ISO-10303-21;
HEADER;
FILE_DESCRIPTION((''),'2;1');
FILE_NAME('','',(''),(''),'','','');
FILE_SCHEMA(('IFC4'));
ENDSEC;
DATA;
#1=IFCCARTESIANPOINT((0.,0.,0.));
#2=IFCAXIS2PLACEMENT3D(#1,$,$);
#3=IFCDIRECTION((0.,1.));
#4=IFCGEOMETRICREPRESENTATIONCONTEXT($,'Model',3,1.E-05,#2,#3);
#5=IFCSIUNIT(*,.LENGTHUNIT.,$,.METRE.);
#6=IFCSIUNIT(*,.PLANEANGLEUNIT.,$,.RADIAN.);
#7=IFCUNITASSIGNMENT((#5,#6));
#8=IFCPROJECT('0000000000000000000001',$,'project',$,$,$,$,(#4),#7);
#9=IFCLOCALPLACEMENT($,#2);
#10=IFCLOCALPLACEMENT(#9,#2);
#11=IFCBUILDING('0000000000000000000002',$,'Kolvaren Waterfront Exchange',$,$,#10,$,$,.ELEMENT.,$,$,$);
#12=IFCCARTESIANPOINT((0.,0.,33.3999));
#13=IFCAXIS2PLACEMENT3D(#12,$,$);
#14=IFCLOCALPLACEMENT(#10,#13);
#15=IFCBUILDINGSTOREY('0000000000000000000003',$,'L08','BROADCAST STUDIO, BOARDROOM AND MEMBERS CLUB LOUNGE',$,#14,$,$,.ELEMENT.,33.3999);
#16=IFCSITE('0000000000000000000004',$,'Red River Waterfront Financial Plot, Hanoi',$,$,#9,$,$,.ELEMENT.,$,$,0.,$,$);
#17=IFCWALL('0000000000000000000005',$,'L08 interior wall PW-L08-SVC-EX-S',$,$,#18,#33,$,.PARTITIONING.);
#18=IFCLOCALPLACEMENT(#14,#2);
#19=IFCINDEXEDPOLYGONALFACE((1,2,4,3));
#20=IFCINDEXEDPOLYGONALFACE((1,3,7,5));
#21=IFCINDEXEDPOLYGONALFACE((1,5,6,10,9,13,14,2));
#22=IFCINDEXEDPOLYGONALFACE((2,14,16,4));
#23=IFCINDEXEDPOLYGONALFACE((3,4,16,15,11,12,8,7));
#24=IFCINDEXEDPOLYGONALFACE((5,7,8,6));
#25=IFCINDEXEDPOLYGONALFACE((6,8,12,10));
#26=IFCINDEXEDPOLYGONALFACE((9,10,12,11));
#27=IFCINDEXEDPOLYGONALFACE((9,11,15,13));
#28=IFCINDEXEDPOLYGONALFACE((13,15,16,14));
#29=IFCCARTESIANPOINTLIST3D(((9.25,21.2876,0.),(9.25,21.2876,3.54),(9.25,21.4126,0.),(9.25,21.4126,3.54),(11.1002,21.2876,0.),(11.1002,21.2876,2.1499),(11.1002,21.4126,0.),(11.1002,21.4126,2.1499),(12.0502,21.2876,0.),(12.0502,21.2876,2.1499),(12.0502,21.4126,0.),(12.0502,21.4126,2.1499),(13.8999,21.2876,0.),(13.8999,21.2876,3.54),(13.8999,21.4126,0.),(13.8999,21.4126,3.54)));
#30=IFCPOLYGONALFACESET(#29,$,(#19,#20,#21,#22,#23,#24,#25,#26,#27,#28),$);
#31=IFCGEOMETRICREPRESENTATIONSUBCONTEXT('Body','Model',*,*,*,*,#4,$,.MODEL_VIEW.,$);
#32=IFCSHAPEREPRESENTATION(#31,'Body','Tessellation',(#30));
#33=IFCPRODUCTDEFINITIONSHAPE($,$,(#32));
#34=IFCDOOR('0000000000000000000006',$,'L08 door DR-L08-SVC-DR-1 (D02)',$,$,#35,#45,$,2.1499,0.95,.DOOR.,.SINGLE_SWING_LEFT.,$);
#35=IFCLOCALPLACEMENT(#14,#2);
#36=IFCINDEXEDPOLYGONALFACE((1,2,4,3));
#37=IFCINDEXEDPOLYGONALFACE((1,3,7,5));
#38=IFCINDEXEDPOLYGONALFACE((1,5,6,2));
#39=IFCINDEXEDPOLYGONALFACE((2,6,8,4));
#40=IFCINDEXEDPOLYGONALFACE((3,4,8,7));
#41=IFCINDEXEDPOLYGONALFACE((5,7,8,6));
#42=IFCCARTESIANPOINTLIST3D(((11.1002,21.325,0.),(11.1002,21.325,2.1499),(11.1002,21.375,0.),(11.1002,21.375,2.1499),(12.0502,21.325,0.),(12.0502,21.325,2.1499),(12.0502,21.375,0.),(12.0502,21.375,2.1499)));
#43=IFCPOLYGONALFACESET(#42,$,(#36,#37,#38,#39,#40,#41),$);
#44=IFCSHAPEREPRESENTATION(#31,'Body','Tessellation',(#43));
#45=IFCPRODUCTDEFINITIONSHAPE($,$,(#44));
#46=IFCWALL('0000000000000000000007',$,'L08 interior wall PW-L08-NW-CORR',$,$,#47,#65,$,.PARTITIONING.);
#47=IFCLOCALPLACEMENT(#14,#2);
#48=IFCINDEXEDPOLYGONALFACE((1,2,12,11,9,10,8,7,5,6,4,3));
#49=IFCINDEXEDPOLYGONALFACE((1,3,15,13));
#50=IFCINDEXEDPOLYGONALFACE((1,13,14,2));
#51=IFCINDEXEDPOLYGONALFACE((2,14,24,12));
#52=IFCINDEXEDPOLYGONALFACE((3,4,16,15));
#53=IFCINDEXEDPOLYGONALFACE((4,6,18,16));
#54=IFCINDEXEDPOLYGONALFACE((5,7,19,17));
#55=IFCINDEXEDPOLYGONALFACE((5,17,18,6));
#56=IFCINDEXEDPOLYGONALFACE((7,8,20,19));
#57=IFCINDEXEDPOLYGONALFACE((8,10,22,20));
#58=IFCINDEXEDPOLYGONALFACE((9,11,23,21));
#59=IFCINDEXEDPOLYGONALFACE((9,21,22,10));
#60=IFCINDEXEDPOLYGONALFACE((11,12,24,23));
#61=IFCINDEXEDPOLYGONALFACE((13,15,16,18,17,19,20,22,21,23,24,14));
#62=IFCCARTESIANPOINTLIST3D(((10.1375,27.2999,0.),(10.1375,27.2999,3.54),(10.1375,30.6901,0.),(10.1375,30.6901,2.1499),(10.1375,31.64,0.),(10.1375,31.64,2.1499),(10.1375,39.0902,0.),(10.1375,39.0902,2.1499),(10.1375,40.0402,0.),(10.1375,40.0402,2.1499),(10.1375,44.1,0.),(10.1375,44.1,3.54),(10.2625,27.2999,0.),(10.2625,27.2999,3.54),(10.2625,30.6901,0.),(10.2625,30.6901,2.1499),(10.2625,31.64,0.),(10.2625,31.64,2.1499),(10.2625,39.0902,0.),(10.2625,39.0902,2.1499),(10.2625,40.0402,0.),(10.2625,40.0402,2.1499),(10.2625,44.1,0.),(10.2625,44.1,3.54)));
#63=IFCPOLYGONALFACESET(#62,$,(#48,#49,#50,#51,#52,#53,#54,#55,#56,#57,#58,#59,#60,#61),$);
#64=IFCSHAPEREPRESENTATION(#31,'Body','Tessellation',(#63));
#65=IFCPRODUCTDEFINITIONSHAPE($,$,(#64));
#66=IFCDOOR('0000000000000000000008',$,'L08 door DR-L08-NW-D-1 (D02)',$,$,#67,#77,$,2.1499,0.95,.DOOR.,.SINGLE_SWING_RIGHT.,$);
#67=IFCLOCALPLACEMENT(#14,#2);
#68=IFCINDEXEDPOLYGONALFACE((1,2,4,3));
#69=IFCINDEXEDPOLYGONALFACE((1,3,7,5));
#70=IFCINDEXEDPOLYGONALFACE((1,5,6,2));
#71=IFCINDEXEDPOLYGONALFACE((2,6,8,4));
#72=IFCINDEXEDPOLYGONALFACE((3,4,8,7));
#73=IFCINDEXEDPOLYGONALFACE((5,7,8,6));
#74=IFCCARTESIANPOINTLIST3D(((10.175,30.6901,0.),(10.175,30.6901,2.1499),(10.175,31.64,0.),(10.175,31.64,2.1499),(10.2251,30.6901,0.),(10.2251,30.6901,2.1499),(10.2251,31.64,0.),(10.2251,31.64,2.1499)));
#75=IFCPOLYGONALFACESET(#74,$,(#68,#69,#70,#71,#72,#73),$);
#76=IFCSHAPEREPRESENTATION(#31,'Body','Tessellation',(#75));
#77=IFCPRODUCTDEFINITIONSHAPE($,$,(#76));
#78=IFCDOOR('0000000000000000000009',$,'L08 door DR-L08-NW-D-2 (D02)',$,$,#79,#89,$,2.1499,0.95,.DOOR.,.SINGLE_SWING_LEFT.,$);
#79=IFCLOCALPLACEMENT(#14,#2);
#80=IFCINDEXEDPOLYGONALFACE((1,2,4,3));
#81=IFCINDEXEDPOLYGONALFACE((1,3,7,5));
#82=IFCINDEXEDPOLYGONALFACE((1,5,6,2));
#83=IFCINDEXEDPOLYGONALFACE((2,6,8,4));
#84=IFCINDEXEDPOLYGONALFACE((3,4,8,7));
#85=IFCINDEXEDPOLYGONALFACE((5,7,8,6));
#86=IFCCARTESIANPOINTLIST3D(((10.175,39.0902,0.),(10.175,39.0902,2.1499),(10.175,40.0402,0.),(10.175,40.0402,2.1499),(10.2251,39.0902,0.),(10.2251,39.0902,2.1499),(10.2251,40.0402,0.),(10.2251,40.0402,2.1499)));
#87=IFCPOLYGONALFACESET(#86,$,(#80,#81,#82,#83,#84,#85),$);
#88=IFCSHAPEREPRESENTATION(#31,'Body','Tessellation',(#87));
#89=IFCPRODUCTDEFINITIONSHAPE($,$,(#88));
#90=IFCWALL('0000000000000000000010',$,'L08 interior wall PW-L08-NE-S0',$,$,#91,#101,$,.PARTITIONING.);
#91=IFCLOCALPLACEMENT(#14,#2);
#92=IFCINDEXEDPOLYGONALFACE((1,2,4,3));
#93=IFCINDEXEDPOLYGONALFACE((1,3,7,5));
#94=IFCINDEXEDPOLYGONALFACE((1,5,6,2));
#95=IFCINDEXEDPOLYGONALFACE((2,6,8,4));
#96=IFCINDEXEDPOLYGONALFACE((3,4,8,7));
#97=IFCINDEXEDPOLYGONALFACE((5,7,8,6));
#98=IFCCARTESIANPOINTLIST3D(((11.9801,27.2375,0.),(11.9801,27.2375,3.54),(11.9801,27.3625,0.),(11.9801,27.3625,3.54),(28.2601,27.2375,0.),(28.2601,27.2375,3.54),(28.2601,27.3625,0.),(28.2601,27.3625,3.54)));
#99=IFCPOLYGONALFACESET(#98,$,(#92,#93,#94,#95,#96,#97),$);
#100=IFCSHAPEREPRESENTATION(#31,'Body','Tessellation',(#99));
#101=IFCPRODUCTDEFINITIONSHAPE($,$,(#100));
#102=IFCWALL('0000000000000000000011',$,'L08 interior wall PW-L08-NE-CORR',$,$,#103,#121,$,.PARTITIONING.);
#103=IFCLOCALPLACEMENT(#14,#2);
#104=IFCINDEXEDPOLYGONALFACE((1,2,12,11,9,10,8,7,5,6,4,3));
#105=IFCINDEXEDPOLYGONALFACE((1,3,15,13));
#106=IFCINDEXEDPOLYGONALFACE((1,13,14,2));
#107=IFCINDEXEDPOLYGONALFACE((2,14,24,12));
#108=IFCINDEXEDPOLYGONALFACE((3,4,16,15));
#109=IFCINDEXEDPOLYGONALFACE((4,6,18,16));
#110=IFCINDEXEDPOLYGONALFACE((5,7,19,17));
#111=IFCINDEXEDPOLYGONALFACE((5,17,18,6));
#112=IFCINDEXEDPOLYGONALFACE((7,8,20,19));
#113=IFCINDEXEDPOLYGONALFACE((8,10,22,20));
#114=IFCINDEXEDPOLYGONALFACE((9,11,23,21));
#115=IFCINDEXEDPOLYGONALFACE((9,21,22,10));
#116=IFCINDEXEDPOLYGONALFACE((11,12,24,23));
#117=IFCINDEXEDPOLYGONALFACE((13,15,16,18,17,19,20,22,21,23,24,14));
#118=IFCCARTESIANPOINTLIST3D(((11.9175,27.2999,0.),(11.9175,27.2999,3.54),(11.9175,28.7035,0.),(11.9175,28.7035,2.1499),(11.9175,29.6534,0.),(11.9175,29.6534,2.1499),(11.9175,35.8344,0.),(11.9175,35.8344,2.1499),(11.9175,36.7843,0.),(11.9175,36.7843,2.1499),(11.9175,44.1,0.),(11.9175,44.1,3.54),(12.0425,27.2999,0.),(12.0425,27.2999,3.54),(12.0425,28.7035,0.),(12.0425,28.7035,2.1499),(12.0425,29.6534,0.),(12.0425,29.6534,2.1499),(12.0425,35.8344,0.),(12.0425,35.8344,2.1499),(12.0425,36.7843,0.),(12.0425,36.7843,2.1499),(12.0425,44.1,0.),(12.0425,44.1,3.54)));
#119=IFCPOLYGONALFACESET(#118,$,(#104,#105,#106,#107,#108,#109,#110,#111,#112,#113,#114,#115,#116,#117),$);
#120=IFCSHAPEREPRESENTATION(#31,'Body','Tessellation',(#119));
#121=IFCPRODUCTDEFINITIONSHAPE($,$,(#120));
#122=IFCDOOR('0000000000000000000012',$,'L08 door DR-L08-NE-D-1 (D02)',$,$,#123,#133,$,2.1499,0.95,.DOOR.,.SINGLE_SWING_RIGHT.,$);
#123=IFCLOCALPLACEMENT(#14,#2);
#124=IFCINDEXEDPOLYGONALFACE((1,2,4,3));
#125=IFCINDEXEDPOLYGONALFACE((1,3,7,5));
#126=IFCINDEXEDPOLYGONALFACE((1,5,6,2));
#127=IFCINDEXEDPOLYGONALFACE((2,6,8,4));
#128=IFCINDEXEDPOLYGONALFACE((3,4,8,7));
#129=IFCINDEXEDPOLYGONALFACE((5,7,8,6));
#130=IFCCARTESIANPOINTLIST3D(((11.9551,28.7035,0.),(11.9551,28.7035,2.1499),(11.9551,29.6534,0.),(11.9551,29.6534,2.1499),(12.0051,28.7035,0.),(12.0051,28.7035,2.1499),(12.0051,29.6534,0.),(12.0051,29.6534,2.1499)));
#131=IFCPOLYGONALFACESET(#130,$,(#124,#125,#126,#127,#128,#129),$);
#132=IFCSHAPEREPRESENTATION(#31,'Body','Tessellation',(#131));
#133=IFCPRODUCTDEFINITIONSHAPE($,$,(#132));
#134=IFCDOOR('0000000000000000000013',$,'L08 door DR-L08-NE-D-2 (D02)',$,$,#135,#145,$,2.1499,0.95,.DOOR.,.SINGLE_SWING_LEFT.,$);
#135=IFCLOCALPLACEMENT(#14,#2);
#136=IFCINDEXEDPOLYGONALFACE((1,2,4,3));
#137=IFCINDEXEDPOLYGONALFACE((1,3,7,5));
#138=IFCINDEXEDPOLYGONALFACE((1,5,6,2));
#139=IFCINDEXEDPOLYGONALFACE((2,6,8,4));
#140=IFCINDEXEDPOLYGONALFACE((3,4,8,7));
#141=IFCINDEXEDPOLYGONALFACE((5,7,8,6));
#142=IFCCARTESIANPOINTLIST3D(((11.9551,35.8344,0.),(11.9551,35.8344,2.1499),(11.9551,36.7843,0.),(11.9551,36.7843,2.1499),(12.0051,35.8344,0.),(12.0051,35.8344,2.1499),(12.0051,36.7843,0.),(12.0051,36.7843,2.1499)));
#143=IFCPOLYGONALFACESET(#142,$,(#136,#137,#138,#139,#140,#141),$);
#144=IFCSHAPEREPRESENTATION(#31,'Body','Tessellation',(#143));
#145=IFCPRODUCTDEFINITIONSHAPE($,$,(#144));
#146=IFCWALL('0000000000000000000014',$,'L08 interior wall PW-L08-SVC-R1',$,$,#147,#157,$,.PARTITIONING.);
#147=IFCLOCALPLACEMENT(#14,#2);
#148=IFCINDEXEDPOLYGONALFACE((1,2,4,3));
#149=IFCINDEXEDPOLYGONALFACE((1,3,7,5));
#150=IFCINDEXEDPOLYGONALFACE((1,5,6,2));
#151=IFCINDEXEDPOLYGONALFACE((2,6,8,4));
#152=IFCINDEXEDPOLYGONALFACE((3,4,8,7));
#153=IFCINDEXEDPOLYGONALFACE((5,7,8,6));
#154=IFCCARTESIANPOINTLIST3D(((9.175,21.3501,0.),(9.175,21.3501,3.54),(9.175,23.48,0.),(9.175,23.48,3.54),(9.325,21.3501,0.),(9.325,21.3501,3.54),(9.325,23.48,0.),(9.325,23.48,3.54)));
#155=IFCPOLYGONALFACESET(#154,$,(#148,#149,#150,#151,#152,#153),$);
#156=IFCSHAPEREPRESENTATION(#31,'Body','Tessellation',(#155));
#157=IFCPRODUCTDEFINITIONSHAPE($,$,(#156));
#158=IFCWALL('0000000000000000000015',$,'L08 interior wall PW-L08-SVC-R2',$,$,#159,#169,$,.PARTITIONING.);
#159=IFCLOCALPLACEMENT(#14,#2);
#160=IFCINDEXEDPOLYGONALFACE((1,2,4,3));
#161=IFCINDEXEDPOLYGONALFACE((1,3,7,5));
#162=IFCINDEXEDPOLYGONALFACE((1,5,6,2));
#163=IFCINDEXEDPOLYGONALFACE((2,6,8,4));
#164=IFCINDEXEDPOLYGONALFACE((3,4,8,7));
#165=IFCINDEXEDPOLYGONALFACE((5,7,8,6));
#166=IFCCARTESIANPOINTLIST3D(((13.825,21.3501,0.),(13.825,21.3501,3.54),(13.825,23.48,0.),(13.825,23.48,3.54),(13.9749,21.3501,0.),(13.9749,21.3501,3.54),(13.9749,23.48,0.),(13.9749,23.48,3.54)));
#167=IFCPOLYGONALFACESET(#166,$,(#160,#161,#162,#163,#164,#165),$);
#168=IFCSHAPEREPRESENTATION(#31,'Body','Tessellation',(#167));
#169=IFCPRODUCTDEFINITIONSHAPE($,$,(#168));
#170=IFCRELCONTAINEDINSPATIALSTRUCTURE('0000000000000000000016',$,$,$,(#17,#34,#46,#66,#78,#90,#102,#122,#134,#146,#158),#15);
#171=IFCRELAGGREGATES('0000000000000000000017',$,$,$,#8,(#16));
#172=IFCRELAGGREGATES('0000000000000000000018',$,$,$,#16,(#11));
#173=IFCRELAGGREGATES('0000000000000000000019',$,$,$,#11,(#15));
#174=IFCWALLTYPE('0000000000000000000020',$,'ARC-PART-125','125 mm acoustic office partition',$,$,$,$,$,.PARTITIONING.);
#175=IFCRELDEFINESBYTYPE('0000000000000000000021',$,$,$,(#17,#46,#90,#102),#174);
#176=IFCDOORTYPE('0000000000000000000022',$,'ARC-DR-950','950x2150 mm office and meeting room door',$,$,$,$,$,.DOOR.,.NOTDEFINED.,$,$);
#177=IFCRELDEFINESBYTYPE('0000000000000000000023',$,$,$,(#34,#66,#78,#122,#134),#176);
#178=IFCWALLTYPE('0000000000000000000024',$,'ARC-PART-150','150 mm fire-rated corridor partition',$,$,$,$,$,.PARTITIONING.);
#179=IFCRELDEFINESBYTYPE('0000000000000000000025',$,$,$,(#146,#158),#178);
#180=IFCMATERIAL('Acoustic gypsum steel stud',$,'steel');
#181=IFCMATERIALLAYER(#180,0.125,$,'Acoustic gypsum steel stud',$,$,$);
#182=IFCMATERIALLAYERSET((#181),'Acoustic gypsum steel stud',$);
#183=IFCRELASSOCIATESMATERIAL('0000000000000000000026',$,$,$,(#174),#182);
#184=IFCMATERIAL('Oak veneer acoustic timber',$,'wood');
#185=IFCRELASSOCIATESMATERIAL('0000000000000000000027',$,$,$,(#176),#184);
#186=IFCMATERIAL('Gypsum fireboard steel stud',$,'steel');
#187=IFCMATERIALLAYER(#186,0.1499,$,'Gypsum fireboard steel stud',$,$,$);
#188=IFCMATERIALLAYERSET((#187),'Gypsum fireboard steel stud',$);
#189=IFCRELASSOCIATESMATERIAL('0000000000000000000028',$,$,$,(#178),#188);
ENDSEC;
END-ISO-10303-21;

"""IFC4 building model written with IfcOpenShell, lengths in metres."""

from ifc_helpers import new_model, si_unit, direction, frame, frame_2d, origin, place, context, subcontext, project, spatial, rectangle, extrude, material, layer, layer_set, type_object, element, fill, save


model = new_model("IFC4")

# Units and contexts
model_context = context("Model", 3, precision=1e-05, world=origin(), true_north=direction((0.0, 1.0)))
body_context = subcontext(model_context, "Body", "Model", "MODEL_VIEW")
ifc_project = project(units=[si_unit("LENGTHUNIT", "METRE"), si_unit("PLANEANGLEUNIT", "RADIAN")], contexts=[model_context])

# Site, building, storey
site_placement = place(None, origin())
site = spatial("IfcSite", under=ifc_project, at=site_placement, Name="Red River Waterfront Financial Plot, Hanoi", CompositionType="ELEMENT", RefElevation=0.0)
building_placement = place(site_placement, origin())
building = spatial("IfcBuilding", under=site, at=building_placement, Name="Kolvaren Waterfront Exchange", CompositionType="ELEMENT")
storey_placement = place(building_placement, frame((0.0, 0.0, 33.3999)))
storey = spatial("IfcBuildingStorey", under=building, at=storey_placement, Name="L08", Description="BROADCAST STUDIO, BOARDROOM AND MEMBERS CLUB LOUNGE", CompositionType="ELEMENT", Elevation=33.3999)

# Wall, opening, door
ifc_material_1 = material(Name="Acoustic gypsum steel stud", Category="steel")
ifc_layer_1 = layer(ifc_material_1, 0.125, Name="Acoustic gypsum steel stud")
ifc_layer_set_1 = layer_set([ifc_layer_1], Name="Acoustic gypsum steel stud")
wall_type_1 = type_object("IfcWallType", Name="ARC-PART-125", Description="125 mm acoustic office partition", PredefinedType="PARTITIONING", material=ifc_layer_set_1)
wall_1_placement = place(storey_placement, frame((9.25, 21.3501, 0.0), z_axis=(0.0, 0.0, 1.0), x_axis=(1.0, 0.0, 0.0)))
wall_1 = element("IfcWall", 1, at=wall_1_placement, inside=storey, type_object=wall_type_1, Name="L08 interior wall PW-L08-SVC-EX-S", PredefinedType="PARTITIONING", context=body_context, shape_type="SweptSolid", body=[
    extrude(rectangle(XDim=4.6499, YDim=0.125, at=frame_2d((2.325, 0.0))), origin(), (0.0, 0.0, 1.0), 3.54),
])
opening_1_placement = place(wall_1_placement, frame((1.8501, 0.0, 0.0)))
opening_1 = element("IfcOpeningElement", 2, at=opening_1_placement, cuts=wall_1, PredefinedType="OPENING", context=body_context, shape_type="SweptSolid", body=[
    extrude(rectangle(XDim=0.95, YDim=2.1499, at=frame_2d((0.4751, 1.075))), frame((0.0, 0.0725, 0.0), z_axis=(0.0, -1.0, 0.0), x_axis=(1.0, 0.0, 0.0)), (0.0, 0.0, 1.0), 0.145),
])
ifc_material_2 = material(Name="Oak veneer acoustic timber", Category="wood")
door_type_1 = type_object("IfcDoorType", Name="ARC-DR-950", Description="950x2150 mm office and meeting room door", OperationType="NOTDEFINED", PredefinedType="DOOR", material=ifc_material_2)
door_1_placement = place(opening_1_placement, origin())
door_1 = element("IfcDoor", 3, at=door_1_placement, inside=storey, type_object=door_type_1, Name="L08 door DR-L08-SVC-DR-1 (D02)", OperationType="SINGLE_SWING_LEFT", OverallHeight=2.1499, OverallWidth=0.95, PredefinedType="DOOR", context=body_context, shape_type="SweptSolid", body=[
    extrude(rectangle(XDim=0.95, YDim=2.1499, at=frame_2d((0.4751, 1.075))), frame((0.0, 0.0249, 0.0), z_axis=(0.0, -1.0, 0.0), x_axis=(1.0, 0.0, 0.0)), (0.0, 0.0, 1.0), 0.05),
])
fill(opening_1, door_1)

# Wall, openings, doors
wall_2_placement = place(storey_placement, frame((10.2, 27.3, 0.0), z_axis=(0.0, 0.0, 1.0), x_axis=(0.0, 1.0, 0.0)))
wall_2 = element("IfcWall", 4, at=wall_2_placement, inside=storey, type_object=wall_type_1, Name="L08 interior wall PW-L08-NW-CORR", PredefinedType="PARTITIONING", context=body_context, shape_type="SweptSolid", body=[
    extrude(rectangle(XDim=16.8, YDim=0.125, at=frame_2d((8.3999, 0.0))), origin(), (0.0, 0.0, 1.0), 3.54),
])
opening_2_placement = place(wall_2_placement, frame((3.3899, 0.0, 0.0)))
opening_2 = element("IfcOpeningElement", 5, at=opening_2_placement, cuts=wall_2, PredefinedType="OPENING", context=body_context, shape_type="SweptSolid", body=[
    extrude(rectangle(XDim=0.95, YDim=2.1499, at=frame_2d((0.4751, 1.075))), frame((0.0, 0.0725, 0.0), z_axis=(0.0, -1.0, 0.0), x_axis=(1.0, 0.0, 0.0)), (0.0, 0.0, 1.0), 0.145),
])
opening_3_placement = place(wall_2_placement, frame((11.79, 0.0, 0.0)))
opening_3 = element("IfcOpeningElement", 6, at=opening_3_placement, cuts=wall_2, PredefinedType="OPENING", context=body_context, shape_type="SweptSolid", body=[
    extrude(rectangle(XDim=0.95, YDim=2.1499, at=frame_2d((0.4751, 1.075))), frame((0.0, 0.0725, 0.0), z_axis=(0.0, -1.0, 0.0), x_axis=(1.0, 0.0, 0.0)), (0.0, 0.0, 1.0), 0.145),
])
door_2_placement = place(opening_2_placement, origin())
door_2 = element("IfcDoor", 7, at=door_2_placement, inside=storey, type_object=door_type_1, Name="L08 door DR-L08-NW-D-1 (D02)", OperationType="SINGLE_SWING_RIGHT", OverallHeight=2.1499, OverallWidth=0.95, PredefinedType="DOOR", context=body_context, shape_type="SweptSolid", body=[
    extrude(rectangle(XDim=0.95, YDim=2.1499, at=frame_2d((0.4751, 1.075))), frame((0.0, 0.0249, 0.0), z_axis=(0.0, -1.0, 0.0), x_axis=(1.0, 0.0, 0.0)), (0.0, 0.0, 1.0), 0.05),
])
fill(opening_2, door_2)
door_3_placement = place(opening_3_placement, origin())
door_3 = element("IfcDoor", 8, at=door_3_placement, inside=storey, type_object=door_type_1, Name="L08 door DR-L08-NW-D-2 (D02)", OperationType="SINGLE_SWING_LEFT", OverallHeight=2.1499, OverallWidth=0.95, PredefinedType="DOOR", context=body_context, shape_type="SweptSolid", body=[
    extrude(rectangle(XDim=0.95, YDim=2.1499, at=frame_2d((0.4751, 1.075))), frame((0.0, 0.0249, 0.0), z_axis=(0.0, -1.0, 0.0), x_axis=(1.0, 0.0, 0.0)), (0.0, 0.0, 1.0), 0.05),
])
fill(opening_3, door_3)

# Wall
wall_3_placement = place(storey_placement, frame((11.98, 27.3, 0.0), z_axis=(0.0, 0.0, 1.0), x_axis=(1.0, 0.0, 0.0)))
element("IfcWall", 9, at=wall_3_placement, inside=storey, type_object=wall_type_1, Name="L08 interior wall PW-L08-NE-S0", PredefinedType="PARTITIONING", context=body_context, shape_type="SweptSolid", body=[
    extrude(rectangle(XDim=16.28, YDim=0.125, at=frame_2d((8.1401, 0.0))), origin(), (0.0, 0.0, 1.0), 3.54),
])

# Wall, openings, doors
wall_4_placement = place(storey_placement, frame((11.98, 27.3, 0.0), z_axis=(0.0, 0.0, 1.0), x_axis=(0.0, 1.0, 0.0)))
wall_4 = element("IfcWall", 10, at=wall_4_placement, inside=storey, type_object=wall_type_1, Name="L08 interior wall PW-L08-NE-CORR", PredefinedType="PARTITIONING", context=body_context, shape_type="SweptSolid", body=[
    extrude(rectangle(XDim=16.8, YDim=0.125, at=frame_2d((8.3999, 0.0))), origin(), (0.0, 0.0, 1.0), 3.54),
])
opening_4_placement = place(wall_4_placement, frame((1.4033, 0.0, 0.0)))
opening_4 = element("IfcOpeningElement", 11, at=opening_4_placement, cuts=wall_4, PredefinedType="OPENING", context=body_context, shape_type="SweptSolid", body=[
    extrude(rectangle(XDim=0.95, YDim=2.1499, at=frame_2d((0.4751, 1.075))), frame((0.0, 0.0725, 0.0), z_axis=(0.0, -1.0, 0.0), x_axis=(1.0, 0.0, 0.0)), (0.0, 0.0, 1.0), 0.145),
])
opening_5_placement = place(wall_4_placement, frame((8.5342, 0.0, 0.0)))
opening_5 = element("IfcOpeningElement", 12, at=opening_5_placement, cuts=wall_4, PredefinedType="OPENING", context=body_context, shape_type="SweptSolid", body=[
    extrude(rectangle(XDim=0.95, YDim=2.1499, at=frame_2d((0.4751, 1.075))), frame((0.0, 0.0725, 0.0), z_axis=(0.0, -1.0, 0.0), x_axis=(1.0, 0.0, 0.0)), (0.0, 0.0, 1.0), 0.145),
])
door_4_placement = place(opening_4_placement, origin())
door_4 = element("IfcDoor", 13, at=door_4_placement, inside=storey, type_object=door_type_1, Name="L08 door DR-L08-NE-D-1 (D02)", OperationType="SINGLE_SWING_RIGHT", OverallHeight=2.1499, OverallWidth=0.95, PredefinedType="DOOR", context=body_context, shape_type="SweptSolid", body=[
    extrude(rectangle(XDim=0.95, YDim=2.1499, at=frame_2d((0.4751, 1.075))), frame((0.0, 0.0249, 0.0), z_axis=(0.0, -1.0, 0.0), x_axis=(1.0, 0.0, 0.0)), (0.0, 0.0, 1.0), 0.05),
])
fill(opening_4, door_4)
door_5_placement = place(opening_5_placement, origin())
door_5 = element("IfcDoor", 14, at=door_5_placement, inside=storey, type_object=door_type_1, Name="L08 door DR-L08-NE-D-2 (D02)", OperationType="SINGLE_SWING_LEFT", OverallHeight=2.1499, OverallWidth=0.95, PredefinedType="DOOR", context=body_context, shape_type="SweptSolid", body=[
    extrude(rectangle(XDim=0.95, YDim=2.1499, at=frame_2d((0.4751, 1.075))), frame((0.0, 0.0249, 0.0), z_axis=(0.0, -1.0, 0.0), x_axis=(1.0, 0.0, 0.0)), (0.0, 0.0, 1.0), 0.05),
])
fill(opening_5, door_5)

# Walls
ifc_material_3 = material(Name="Gypsum fireboard steel stud", Category="steel")
ifc_layer_2 = layer(ifc_material_3, 0.1499, Name="Gypsum fireboard steel stud")
ifc_layer_set_2 = layer_set([ifc_layer_2], Name="Gypsum fireboard steel stud")
wall_type_2 = type_object("IfcWallType", Name="ARC-PART-150", Description="150 mm fire-rated corridor partition", PredefinedType="PARTITIONING", material=ifc_layer_set_2)
for number, where, z_axis, x_axis, name in (
    (15, (9.25, 21.3501, 0.0), (0.0, 0.0, 1.0), (0.0, 1.0, 0.0), "L08 interior wall PW-L08-SVC-R1"),
    (16, (13.8999, 21.3501, 0.0), (0.0, 0.0, 1.0), (0.0, 1.0, 0.0), "L08 interior wall PW-L08-SVC-R2"),
):
    element("IfcWall", number, at=place(storey_placement, frame(where, z_axis=z_axis, x_axis=x_axis)), inside=storey, type_object=wall_type_2, Name=name, PredefinedType="PARTITIONING", context=body_context, shape_type="SweptSolid", body=[
        extrude(rectangle(XDim=2.1299, YDim=0.1499, at=frame_2d((1.0649, 0.0))), origin(), (0.0, 0.0, 1.0), 3.54),
    ])

save(model, "model.ifc")
